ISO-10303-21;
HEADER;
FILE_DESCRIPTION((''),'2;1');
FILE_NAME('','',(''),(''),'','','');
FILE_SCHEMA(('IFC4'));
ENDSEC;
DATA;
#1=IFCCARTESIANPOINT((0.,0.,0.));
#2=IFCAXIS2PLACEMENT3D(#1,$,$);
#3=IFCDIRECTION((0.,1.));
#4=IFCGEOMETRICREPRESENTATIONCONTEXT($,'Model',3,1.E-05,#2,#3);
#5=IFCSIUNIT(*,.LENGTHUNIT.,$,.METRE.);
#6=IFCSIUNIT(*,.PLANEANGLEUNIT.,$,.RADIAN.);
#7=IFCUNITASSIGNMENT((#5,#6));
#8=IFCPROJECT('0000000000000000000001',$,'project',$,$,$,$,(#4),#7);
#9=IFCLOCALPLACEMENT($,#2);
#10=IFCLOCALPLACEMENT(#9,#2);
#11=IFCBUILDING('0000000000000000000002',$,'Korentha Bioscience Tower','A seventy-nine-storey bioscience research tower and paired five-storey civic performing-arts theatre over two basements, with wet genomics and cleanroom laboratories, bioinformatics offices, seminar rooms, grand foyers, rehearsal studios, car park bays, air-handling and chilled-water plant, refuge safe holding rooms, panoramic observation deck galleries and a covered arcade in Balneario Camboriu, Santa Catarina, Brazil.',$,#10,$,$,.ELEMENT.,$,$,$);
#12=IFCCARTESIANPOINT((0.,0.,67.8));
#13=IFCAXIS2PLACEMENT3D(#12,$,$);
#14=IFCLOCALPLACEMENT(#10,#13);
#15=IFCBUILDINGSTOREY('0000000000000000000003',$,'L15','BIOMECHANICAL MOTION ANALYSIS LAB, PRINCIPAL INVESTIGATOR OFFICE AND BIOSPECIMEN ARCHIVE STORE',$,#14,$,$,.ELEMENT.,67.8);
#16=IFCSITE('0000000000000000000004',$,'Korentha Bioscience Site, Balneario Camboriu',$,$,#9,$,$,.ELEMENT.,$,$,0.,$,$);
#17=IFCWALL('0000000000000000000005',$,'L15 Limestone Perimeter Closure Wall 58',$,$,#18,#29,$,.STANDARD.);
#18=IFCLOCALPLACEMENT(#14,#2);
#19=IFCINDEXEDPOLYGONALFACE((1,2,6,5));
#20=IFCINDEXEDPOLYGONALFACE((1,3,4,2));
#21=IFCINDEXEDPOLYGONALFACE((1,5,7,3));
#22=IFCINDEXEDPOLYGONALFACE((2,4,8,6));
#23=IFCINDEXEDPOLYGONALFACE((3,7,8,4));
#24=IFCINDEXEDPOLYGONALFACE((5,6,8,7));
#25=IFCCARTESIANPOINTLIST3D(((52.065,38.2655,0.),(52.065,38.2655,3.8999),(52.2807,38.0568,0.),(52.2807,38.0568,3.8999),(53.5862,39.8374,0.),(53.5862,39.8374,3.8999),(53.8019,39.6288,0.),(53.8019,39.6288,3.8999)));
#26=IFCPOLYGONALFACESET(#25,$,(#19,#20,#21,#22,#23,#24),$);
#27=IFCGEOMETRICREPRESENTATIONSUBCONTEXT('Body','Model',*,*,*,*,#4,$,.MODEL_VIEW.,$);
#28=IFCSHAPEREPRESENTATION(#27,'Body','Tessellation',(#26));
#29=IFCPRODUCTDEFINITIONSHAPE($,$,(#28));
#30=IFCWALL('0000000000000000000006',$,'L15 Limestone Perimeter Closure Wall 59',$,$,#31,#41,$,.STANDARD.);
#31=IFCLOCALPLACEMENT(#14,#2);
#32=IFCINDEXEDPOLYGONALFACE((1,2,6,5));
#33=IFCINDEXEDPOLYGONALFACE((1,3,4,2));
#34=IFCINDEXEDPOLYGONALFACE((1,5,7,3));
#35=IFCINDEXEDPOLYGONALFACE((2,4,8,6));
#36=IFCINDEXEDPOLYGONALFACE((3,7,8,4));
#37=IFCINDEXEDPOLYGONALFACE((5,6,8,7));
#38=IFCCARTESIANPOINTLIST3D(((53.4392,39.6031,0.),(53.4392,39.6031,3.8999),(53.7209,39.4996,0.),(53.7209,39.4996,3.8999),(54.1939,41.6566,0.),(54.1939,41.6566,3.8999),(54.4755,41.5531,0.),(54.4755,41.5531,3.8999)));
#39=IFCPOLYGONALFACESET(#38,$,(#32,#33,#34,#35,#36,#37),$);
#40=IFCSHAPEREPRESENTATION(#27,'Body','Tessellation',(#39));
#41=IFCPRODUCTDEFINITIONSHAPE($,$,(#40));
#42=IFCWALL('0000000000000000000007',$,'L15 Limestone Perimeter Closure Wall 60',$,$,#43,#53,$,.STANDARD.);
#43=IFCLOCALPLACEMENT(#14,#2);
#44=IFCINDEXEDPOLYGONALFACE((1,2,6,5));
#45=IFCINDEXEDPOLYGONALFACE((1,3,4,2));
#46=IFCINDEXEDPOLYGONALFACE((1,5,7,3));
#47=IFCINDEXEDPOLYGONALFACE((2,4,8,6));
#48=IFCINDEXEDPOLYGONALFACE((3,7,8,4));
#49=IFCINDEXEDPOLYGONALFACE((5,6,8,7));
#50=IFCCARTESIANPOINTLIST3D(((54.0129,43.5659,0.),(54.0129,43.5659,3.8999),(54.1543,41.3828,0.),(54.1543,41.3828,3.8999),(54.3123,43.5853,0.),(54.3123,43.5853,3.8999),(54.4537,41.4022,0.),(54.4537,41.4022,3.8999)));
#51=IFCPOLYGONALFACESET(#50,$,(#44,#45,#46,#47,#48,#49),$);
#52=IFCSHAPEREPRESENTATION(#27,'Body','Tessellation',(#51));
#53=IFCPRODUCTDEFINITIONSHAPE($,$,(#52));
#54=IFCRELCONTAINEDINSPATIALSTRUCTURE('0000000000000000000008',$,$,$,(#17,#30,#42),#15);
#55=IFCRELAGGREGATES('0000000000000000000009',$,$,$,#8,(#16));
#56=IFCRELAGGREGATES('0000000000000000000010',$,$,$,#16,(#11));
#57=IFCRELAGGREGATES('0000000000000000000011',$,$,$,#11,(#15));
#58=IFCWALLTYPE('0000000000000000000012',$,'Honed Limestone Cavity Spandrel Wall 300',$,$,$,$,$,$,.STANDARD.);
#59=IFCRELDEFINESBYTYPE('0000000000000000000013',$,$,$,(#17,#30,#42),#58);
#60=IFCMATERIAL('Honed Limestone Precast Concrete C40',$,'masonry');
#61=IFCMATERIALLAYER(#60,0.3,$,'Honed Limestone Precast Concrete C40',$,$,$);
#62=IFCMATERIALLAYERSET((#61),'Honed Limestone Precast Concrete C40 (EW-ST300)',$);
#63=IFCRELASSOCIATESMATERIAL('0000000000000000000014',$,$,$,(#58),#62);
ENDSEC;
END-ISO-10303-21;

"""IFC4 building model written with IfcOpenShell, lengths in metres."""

from ifc_helpers import new_model, si_unit, direction, frame, frame_2d, origin, place, context, subcontext, project, spatial, rectangle, extrude, material, layer, layer_set, type_object, element, save


model = new_model("IFC4")

# Units and contexts
model_context = context("Model", 3, precision=1e-05, world=origin(), true_north=direction((0.0, 1.0)))
body_context = subcontext(model_context, "Body", "Model", "MODEL_VIEW")
ifc_project = project(units=[si_unit("LENGTHUNIT", "METRE"), si_unit("PLANEANGLEUNIT", "RADIAN")], contexts=[model_context])

# Site, building, storey
site_placement = place(None, origin())
site = spatial("IfcSite", under=ifc_project, at=site_placement, Name="Korentha Bioscience Site, Balneario Camboriu", CompositionType="ELEMENT", RefElevation=0.0)
building_placement = place(site_placement, origin())
building = spatial("IfcBuilding", under=site, at=building_placement, Name="Korentha Bioscience Tower", Description="A seventy-nine-storey bioscience research tower and paired five-storey civic performing-arts theatre over two basements, with wet genomics and cleanroom laboratories, bioinformatics offices, seminar rooms, grand foyers, rehearsal studios, car park bays, air-handling and chilled-water plant, refuge safe holding rooms, panoramic observation deck galleries and a covered arcade in Balneario Camboriu, Santa Catarina, Brazil.", CompositionType="ELEMENT")
storey_placement = place(building_placement, frame((0.0, 0.0, 67.8)))
storey = spatial("IfcBuildingStorey", under=building, at=storey_placement, Name="L15", Description="BIOMECHANICAL MOTION ANALYSIS LAB, PRINCIPAL INVESTIGATOR OFFICE AND BIOSPECIMEN ARCHIVE STORE", CompositionType="ELEMENT", Elevation=67.8)

# Walls
ifc_material_1 = material(Name="Honed Limestone Precast Concrete C40", Category="masonry")
ifc_layer_1 = layer(ifc_material_1, 0.3, Name="Honed Limestone Precast Concrete C40")
ifc_layer_set_1 = layer_set([ifc_layer_1], Name="Honed Limestone Precast Concrete C40 (EW-ST300)")
wall_type_1 = type_object("IfcWallType", Name="Honed Limestone Cavity Spandrel Wall 300", PredefinedType="STANDARD", material=ifc_layer_set_1)
wall_1_placement = place(storey_placement, frame((52.1729, 38.1611, 0.0), z_axis=(0.0, 0.0, 1.0), x_axis=(0.695405, 0.718618, 0.0)))
element("IfcWall", 1, at=wall_1_placement, inside=storey, type_object=wall_type_1, Name="L15 Limestone Perimeter Closure Wall 58", PredefinedType="STANDARD", context=body_context, shape_type="SweptSolid", body=[
    extrude(rectangle(XDim=2.1875, YDim=0.3, at=frame_2d((1.0938, 0.0))), origin(), (0.0, 0.0, 1.0), 3.8999),
])
for number, where, z_axis, x_axis, name in (
    (2, (53.5801, 39.5515, 0.0), (0.0, 0.0, 1.0), (0.34494, 0.938625, 0.0), "L15 Limestone Perimeter Closure Wall 59"),
    (3, (54.304, 41.3926, 0.0), (0.0, 0.0, 1.0), (-0.064615, 0.99791, 0.0), "L15 Limestone Perimeter Closure Wall 60"),
):
    element("IfcWall", number, at=place(storey_placement, frame(where, z_axis=z_axis, x_axis=x_axis)), inside=storey, type_object=wall_type_1, Name=name, PredefinedType="STANDARD", context=body_context, shape_type="SweptSolid", body=[
        extrude(rectangle(XDim=2.1877, YDim=0.3, at=frame_2d((1.0938, 0.0))), origin(), (0.0, 0.0, 1.0), 3.8999),
    ])

save(model, "model.ifc")
